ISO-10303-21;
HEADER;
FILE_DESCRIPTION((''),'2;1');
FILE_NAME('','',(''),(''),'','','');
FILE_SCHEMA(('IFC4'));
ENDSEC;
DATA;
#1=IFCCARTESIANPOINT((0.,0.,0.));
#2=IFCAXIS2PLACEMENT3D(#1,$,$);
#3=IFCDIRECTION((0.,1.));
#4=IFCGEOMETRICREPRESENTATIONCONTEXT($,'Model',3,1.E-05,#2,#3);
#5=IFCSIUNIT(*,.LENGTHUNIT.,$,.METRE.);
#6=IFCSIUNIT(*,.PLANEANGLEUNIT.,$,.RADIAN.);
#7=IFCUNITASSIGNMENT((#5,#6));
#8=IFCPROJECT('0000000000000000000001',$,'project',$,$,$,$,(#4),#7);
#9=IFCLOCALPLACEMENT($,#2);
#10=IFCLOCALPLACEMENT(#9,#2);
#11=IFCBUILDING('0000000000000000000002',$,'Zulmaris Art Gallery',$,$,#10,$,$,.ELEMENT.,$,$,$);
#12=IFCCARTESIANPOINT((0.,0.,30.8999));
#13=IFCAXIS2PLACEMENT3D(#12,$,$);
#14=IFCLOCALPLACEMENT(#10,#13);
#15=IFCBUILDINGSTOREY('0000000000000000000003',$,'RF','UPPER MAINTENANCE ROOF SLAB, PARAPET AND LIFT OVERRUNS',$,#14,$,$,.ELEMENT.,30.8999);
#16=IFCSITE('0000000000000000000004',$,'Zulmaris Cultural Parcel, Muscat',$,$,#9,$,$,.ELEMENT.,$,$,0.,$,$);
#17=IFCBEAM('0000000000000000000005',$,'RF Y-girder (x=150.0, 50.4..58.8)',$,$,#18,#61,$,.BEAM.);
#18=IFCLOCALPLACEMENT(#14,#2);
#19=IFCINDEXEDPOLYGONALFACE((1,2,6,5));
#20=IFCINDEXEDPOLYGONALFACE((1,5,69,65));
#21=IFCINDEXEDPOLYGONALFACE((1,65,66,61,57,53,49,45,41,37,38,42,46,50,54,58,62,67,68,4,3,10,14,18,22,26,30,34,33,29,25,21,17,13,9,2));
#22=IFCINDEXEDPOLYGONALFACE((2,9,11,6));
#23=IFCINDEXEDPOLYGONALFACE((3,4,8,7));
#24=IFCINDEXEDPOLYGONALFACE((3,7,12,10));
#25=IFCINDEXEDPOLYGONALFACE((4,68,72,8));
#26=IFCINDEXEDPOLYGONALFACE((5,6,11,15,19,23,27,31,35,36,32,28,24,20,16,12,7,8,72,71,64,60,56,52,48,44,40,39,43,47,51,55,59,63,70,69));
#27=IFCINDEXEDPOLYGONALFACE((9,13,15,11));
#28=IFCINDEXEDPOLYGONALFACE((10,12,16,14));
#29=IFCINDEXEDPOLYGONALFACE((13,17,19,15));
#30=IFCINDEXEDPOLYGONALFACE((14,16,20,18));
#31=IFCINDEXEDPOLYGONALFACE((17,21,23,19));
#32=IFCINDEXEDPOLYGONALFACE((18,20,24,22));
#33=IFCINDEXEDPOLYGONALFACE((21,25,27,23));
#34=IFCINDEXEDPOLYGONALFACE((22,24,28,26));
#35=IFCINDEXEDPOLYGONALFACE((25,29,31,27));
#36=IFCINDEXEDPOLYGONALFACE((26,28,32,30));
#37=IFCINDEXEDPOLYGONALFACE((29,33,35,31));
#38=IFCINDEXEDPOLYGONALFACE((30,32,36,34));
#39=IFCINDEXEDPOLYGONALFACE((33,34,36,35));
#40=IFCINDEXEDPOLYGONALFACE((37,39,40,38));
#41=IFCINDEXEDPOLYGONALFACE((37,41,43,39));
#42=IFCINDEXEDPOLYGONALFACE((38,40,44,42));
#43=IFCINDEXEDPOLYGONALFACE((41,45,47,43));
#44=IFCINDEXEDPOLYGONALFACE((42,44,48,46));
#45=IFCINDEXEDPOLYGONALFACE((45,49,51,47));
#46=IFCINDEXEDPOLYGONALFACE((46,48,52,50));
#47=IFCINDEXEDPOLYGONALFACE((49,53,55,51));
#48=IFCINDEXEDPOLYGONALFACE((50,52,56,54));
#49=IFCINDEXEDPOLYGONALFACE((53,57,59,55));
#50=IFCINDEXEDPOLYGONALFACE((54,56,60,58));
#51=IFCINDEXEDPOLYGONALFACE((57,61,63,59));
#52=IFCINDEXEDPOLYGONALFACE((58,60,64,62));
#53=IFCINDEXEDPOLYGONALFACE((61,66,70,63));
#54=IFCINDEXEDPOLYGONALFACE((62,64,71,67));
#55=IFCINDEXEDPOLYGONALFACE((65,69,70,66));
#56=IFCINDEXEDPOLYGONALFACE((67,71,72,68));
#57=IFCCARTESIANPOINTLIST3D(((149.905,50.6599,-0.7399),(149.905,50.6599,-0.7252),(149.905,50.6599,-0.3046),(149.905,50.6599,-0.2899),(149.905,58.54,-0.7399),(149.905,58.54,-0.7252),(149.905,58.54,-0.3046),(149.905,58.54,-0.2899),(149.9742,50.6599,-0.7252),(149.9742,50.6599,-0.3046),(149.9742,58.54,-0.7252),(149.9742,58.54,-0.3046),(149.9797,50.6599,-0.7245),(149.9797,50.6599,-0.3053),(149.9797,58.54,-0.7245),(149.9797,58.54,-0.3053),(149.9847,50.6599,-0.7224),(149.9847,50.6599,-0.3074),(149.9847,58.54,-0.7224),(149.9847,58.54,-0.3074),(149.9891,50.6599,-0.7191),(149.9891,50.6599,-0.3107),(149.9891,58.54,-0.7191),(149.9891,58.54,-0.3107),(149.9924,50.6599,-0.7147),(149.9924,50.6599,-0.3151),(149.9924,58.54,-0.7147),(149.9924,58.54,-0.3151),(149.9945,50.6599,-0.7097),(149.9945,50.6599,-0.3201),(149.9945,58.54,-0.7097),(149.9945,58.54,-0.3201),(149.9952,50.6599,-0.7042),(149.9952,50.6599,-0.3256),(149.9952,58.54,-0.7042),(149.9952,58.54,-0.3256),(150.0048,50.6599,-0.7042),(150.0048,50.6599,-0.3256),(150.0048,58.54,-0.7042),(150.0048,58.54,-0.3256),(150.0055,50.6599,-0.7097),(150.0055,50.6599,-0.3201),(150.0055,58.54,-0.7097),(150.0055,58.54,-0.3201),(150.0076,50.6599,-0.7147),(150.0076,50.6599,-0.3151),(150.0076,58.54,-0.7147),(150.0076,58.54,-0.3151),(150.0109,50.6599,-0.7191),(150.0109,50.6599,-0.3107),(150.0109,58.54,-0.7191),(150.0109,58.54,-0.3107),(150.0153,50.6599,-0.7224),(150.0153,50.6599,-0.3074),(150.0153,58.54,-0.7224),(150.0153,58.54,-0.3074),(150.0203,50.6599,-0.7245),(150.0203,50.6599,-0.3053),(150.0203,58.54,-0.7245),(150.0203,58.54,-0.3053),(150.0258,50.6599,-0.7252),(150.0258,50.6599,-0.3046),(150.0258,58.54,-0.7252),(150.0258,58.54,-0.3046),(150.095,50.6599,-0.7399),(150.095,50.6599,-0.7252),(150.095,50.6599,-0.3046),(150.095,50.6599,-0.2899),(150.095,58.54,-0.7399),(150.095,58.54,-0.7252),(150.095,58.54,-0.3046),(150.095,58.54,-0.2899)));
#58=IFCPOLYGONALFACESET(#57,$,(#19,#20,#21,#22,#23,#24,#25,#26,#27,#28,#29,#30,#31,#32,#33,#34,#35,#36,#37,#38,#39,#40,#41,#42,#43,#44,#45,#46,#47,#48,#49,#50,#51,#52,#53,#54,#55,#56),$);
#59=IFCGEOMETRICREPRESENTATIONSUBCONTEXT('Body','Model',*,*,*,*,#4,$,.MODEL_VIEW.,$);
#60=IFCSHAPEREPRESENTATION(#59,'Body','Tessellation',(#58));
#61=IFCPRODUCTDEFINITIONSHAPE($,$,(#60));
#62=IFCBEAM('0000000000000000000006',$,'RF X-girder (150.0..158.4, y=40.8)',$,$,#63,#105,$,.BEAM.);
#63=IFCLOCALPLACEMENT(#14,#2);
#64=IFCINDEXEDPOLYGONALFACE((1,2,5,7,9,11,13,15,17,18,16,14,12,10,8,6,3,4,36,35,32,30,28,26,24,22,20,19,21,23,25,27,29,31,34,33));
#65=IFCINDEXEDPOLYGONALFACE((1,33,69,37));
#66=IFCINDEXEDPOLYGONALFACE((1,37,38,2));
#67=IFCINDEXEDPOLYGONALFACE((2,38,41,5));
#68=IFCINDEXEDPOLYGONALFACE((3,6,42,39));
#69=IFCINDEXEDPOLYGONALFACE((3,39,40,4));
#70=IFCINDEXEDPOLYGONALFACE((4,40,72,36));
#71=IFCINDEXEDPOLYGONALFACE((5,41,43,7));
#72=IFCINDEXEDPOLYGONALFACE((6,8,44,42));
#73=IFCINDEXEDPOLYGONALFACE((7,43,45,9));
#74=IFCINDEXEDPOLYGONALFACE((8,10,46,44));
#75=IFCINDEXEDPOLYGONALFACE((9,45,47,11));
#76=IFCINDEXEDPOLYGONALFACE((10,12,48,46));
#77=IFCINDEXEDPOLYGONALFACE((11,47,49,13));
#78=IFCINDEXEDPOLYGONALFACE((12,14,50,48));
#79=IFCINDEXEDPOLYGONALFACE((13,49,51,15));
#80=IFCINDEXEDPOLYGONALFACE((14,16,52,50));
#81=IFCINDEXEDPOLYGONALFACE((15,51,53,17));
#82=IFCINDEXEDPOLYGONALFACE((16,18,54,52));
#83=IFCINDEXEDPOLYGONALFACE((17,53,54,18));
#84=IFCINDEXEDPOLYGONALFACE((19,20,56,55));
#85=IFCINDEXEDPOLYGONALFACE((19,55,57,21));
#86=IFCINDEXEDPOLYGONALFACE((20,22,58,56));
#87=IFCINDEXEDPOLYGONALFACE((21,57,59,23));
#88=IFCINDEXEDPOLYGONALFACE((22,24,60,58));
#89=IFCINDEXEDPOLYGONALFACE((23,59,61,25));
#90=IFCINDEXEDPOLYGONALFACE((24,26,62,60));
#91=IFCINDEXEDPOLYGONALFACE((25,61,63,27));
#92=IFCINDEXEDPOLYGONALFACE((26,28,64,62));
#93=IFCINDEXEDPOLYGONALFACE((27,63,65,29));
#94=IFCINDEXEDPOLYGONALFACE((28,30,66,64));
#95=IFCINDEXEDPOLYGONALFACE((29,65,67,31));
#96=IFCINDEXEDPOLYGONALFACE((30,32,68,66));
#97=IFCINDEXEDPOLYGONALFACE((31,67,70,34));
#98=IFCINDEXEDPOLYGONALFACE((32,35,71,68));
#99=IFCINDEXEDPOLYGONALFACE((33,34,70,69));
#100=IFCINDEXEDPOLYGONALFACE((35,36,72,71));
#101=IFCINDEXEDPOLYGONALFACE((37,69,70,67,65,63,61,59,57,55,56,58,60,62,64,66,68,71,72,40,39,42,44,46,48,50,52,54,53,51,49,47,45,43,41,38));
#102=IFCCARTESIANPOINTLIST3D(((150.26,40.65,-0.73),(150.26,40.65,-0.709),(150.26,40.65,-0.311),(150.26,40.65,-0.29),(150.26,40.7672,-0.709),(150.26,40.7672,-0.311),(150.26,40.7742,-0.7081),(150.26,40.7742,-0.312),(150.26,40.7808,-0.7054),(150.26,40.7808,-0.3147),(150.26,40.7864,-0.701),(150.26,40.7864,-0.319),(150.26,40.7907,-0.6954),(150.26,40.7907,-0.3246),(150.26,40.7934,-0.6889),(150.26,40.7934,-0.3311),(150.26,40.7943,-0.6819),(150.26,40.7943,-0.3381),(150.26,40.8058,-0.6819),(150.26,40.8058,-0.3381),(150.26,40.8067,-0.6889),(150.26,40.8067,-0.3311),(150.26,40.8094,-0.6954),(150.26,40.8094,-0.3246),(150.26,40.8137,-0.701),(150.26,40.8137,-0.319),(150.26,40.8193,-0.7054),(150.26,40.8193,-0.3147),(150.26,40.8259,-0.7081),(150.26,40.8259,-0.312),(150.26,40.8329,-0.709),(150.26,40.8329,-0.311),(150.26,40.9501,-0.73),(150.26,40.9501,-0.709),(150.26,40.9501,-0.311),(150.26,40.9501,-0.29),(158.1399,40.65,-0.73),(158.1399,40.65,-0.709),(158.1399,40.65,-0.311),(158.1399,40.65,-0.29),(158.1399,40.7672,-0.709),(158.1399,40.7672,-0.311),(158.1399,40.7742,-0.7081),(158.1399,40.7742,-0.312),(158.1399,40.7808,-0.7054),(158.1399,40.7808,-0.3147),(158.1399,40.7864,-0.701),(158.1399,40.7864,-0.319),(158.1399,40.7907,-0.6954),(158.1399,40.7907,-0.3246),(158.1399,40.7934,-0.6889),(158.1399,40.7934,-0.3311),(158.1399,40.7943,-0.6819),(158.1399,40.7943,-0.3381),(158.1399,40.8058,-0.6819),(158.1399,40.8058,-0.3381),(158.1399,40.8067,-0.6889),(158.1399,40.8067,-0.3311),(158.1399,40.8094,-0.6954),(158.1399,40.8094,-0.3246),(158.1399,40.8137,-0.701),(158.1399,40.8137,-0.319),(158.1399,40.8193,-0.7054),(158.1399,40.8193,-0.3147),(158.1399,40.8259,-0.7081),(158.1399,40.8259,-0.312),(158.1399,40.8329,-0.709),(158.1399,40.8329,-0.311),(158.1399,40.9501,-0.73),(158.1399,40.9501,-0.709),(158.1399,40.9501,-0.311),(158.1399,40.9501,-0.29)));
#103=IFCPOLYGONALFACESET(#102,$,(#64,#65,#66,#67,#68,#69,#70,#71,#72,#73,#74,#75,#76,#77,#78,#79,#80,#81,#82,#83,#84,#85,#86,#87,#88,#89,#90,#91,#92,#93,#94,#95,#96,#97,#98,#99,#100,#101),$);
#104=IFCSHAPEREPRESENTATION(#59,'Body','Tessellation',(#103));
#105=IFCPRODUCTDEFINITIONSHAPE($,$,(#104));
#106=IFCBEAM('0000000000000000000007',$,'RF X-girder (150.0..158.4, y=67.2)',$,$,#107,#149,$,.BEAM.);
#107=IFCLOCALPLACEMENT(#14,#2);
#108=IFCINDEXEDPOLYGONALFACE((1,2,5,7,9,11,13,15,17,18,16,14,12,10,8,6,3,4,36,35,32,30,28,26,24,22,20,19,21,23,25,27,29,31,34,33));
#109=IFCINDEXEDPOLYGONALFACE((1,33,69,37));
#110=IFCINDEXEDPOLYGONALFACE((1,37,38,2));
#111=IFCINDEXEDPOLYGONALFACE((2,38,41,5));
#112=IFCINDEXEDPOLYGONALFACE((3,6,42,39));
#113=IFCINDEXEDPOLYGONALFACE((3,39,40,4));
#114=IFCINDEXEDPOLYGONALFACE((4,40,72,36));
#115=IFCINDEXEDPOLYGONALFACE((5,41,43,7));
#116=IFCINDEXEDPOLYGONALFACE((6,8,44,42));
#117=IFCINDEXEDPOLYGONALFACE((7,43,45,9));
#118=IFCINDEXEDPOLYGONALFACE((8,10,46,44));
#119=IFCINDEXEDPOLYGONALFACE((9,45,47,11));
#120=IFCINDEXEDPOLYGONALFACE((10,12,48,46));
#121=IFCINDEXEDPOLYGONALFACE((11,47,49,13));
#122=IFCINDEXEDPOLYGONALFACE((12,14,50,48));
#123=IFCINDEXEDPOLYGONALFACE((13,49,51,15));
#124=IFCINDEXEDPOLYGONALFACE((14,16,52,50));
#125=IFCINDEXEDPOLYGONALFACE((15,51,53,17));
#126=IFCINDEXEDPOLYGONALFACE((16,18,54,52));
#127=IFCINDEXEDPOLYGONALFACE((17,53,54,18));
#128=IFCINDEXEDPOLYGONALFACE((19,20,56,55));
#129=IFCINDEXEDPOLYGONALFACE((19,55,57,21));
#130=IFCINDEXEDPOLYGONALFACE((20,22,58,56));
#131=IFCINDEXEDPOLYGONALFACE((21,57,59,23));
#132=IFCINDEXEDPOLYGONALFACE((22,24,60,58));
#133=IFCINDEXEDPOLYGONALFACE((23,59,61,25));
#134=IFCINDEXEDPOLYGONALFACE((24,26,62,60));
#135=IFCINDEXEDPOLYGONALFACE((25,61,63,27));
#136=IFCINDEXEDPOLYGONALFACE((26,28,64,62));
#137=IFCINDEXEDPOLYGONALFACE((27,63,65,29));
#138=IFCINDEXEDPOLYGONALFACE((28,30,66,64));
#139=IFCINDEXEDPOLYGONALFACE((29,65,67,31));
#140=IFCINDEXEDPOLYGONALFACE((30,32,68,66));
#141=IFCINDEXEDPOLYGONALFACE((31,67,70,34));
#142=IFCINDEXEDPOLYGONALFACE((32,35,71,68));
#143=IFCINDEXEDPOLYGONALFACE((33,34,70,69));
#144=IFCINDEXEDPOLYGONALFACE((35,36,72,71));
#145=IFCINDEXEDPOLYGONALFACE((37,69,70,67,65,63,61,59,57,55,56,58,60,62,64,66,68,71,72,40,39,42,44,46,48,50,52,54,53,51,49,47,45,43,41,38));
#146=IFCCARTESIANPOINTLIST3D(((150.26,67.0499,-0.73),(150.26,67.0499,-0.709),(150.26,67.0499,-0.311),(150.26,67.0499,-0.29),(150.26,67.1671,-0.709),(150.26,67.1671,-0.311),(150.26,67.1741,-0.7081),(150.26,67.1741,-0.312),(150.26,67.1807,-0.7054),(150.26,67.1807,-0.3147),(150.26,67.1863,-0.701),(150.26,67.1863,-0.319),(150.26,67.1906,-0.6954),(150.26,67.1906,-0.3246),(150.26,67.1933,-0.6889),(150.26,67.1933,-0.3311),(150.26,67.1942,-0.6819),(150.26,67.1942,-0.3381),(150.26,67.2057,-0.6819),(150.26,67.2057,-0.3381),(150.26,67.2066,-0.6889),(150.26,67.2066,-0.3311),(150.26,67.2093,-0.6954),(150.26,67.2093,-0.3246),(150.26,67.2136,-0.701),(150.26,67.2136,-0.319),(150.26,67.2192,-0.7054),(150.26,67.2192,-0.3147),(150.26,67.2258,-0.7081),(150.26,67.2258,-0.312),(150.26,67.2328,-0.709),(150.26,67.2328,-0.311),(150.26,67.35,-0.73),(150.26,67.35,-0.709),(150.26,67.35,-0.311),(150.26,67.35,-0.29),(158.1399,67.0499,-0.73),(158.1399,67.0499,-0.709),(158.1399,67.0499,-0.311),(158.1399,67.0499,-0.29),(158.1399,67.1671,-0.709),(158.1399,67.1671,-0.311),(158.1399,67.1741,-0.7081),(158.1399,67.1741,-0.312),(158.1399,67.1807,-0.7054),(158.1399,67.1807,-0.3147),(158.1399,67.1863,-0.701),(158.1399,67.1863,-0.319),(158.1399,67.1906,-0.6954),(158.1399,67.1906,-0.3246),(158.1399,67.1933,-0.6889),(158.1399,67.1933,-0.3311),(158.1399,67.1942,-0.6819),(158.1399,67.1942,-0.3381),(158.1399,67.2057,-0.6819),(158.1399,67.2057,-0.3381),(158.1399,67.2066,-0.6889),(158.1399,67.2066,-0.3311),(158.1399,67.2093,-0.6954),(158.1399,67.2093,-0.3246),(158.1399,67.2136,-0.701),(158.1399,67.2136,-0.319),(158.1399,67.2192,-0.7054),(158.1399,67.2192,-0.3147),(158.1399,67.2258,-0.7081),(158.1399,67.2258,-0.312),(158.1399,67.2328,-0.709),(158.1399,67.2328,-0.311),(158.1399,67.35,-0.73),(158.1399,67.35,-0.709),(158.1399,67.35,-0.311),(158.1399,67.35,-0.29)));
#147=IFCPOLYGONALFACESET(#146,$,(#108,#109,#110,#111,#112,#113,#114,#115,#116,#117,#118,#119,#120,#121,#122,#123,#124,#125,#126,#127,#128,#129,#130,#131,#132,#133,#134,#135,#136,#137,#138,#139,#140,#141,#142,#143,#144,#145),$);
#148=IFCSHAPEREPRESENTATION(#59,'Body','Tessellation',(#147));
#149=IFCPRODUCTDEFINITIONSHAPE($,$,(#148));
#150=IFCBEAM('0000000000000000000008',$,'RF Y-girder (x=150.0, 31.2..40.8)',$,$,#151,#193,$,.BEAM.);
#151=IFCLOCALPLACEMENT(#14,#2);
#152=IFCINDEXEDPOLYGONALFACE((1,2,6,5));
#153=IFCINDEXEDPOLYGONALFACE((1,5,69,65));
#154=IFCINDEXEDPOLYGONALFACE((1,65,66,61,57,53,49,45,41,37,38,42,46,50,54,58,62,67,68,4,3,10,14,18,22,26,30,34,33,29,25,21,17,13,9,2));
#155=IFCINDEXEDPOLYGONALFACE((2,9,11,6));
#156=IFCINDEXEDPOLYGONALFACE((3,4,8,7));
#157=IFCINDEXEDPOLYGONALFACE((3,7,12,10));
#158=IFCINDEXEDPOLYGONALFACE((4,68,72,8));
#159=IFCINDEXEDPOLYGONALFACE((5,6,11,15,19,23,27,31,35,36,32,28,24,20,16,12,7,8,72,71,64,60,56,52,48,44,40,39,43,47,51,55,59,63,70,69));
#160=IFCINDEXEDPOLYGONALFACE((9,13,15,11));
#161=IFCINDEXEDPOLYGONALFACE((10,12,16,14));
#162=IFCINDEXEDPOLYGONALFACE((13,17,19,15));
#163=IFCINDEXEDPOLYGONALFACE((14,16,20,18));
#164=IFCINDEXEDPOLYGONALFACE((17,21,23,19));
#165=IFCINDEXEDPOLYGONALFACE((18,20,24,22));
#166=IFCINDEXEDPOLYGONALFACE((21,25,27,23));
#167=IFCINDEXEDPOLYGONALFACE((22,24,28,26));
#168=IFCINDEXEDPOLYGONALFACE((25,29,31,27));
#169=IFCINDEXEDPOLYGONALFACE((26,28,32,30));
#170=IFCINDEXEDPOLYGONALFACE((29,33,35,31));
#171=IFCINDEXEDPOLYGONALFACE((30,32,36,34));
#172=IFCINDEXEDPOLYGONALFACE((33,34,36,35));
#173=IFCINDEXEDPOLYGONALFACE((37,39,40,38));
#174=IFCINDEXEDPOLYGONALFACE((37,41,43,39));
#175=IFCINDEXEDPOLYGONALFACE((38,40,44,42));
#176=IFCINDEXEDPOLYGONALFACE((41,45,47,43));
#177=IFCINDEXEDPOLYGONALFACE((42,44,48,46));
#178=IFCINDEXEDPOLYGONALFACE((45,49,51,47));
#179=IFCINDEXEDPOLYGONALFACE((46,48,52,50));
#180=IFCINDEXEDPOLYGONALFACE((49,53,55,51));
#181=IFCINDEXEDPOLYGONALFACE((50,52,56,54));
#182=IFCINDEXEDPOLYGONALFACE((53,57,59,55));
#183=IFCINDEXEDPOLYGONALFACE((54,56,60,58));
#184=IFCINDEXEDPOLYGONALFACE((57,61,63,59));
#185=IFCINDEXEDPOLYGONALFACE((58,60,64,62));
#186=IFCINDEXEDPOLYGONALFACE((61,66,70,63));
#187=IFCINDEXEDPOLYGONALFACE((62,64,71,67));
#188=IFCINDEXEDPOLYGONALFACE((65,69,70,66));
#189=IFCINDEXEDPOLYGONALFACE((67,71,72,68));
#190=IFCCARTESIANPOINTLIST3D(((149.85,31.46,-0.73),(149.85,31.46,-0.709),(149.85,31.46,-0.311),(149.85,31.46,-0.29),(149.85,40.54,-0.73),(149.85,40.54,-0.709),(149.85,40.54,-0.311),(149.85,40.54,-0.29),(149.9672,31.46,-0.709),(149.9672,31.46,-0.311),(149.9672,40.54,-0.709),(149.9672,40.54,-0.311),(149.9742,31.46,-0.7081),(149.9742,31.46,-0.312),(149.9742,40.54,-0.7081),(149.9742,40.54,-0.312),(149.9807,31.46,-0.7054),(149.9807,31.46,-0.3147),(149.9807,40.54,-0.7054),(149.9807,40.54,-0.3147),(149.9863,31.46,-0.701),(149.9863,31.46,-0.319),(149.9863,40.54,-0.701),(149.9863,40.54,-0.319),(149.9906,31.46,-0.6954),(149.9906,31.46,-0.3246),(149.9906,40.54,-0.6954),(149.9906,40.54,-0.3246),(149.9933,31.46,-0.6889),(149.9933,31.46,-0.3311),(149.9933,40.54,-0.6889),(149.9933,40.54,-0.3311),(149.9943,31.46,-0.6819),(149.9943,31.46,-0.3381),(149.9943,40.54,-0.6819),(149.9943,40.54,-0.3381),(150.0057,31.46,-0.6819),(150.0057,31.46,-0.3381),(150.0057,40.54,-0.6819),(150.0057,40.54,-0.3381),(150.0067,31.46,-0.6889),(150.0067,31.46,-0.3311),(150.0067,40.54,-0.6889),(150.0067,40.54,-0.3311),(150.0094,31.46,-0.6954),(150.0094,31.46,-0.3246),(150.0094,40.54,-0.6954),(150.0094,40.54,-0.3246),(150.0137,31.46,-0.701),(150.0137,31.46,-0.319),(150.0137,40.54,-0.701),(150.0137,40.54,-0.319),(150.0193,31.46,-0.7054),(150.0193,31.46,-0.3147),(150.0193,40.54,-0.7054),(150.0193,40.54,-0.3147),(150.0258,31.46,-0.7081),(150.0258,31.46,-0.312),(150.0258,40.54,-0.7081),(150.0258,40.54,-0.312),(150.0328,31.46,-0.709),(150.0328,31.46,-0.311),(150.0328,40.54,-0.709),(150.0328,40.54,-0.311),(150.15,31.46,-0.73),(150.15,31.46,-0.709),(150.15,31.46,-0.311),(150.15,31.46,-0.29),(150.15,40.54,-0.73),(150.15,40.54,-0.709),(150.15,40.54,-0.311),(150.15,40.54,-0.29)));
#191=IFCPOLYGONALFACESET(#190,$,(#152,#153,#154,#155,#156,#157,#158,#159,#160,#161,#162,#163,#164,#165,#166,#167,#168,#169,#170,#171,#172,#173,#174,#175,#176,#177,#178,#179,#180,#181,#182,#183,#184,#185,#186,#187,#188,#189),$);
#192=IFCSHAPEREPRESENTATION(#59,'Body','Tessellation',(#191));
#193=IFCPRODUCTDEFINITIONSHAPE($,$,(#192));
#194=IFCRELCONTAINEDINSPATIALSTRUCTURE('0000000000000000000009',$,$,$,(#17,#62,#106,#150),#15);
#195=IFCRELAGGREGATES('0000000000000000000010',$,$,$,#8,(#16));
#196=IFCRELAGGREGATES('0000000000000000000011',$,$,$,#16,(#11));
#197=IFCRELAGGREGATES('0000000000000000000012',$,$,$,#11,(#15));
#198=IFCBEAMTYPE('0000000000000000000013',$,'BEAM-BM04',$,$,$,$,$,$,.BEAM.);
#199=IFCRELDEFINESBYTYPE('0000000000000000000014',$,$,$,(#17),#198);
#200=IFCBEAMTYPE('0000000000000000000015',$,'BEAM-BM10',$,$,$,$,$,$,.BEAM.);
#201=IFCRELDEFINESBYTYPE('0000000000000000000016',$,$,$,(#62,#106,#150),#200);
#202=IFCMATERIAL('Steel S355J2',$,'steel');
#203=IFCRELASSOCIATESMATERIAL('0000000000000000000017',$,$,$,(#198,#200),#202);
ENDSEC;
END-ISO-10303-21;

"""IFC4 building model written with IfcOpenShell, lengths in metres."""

from ifc_helpers import new_model, si_unit, direction, frame, origin, origin_2d, place, context, subcontext, project, spatial, i_section, extrude, material, material_profile, profile_set, type_object, element, save


model = new_model("IFC4")

# Units and contexts
model_context = context("Model", 3, precision=1e-05, world=origin(), true_north=direction((0.0, 1.0)))
body_context = subcontext(model_context, "Body", "Model", "MODEL_VIEW")
ifc_project = project(units=[si_unit("LENGTHUNIT", "METRE"), si_unit("PLANEANGLEUNIT", "RADIAN")], contexts=[model_context])

# Site, building, storey
site_placement = place(None, origin())
site = spatial("IfcSite", under=ifc_project, at=site_placement, Name="Zulmaris Cultural Parcel, Muscat", CompositionType="ELEMENT", RefElevation=0.0)
building_placement = place(site_placement, origin())
building = spatial("IfcBuilding", under=site, at=building_placement, Name="Zulmaris Art Gallery", CompositionType="ELEMENT")
storey_placement = place(building_placement, frame((0.0, 0.0, 30.8999)))
storey = spatial("IfcBuildingStorey", under=building, at=storey_placement, Name="RF", Description="UPPER MAINTENANCE ROOF SLAB, PARAPET AND LIFT OVERRUNS", CompositionType="ELEMENT", Elevation=30.8999)

# Beams
ifc_material_1 = material(Name="Steel S355J2", Category="steel")
ifc_material_profile_1 = material_profile(ifc_material_1, i_section(OverallWidth=0.1899, OverallDepth=0.45, WebThickness=0.0095, FlangeThickness=0.0146, FilletRadius=0.021, at=origin_2d()), Name="IPE 450")
ifc_profile_set_1 = profile_set([ifc_material_profile_1], Name="Steel S355J2")
beam_type_1 = type_object("IfcBeamType", Name="BEAM-BM04", PredefinedType="BEAM", material=ifc_profile_set_1)
beam_1_placement = place(storey_placement, frame((150.0, 50.6599, -0.5149), z_axis=(0.0, 1.0, 0.0), x_axis=(-1.0, 0.0, 0.0)))
element("IfcBeam", 1, at=beam_1_placement, inside=storey, type_object=beam_type_1, Name="RF Y-girder (x=150.0, 50.4..58.8)", PredefinedType="BEAM", context=body_context, shape_type="SweptSolid", body=[
    extrude(i_section(OverallWidth=0.1899, OverallDepth=0.45, WebThickness=0.0095, FlangeThickness=0.0146, FilletRadius=0.021, at=origin_2d()), origin(), (0.0, 0.0, 1.0), 7.8801),
])
ifc_material_profile_2 = material_profile(ifc_material_1, i_section(OverallWidth=0.3, OverallDepth=0.4399, WebThickness=0.0115, FlangeThickness=0.021, FilletRadius=0.0271, at=origin_2d()), Name="HEA 450")
ifc_profile_set_2 = profile_set([ifc_material_profile_2], Name="Steel S355J2")
beam_type_2 = type_object("IfcBeamType", Name="BEAM-BM10", PredefinedType="BEAM", material=ifc_profile_set_2)
for number, where, z_axis, x_axis, name in (
    (2, (150.26, 40.8, -0.51), (1.0, 0.0, 0.0), (0.0, 1.0, 0.0), "RF X-girder (150.0..158.4, y=40.8)"),
    (3, (150.26, 67.2, -0.51), (1.0, 0.0, 0.0), (0.0, 1.0, 0.0), "RF X-girder (150.0..158.4, y=67.2)"),
):
    element("IfcBeam", number, at=place(storey_placement, frame(where, z_axis=z_axis, x_axis=x_axis)), inside=storey, type_object=beam_type_2, Name=name, PredefinedType="BEAM", context=body_context, shape_type="SweptSolid", body=[
        extrude(i_section(OverallWidth=0.3, OverallDepth=0.4399, WebThickness=0.0115, FlangeThickness=0.021, FilletRadius=0.0271, at=origin_2d()), origin(), (0.0, 0.0, 1.0), 7.8799),
    ])
beam_2_placement = place(storey_placement, frame((150.0, 31.46, -0.51), z_axis=(0.0, 1.0, 0.0), x_axis=(-1.0, 0.0, 0.0)))
element("IfcBeam", 4, at=beam_2_placement, inside=storey, type_object=beam_type_2, Name="RF Y-girder (x=150.0, 31.2..40.8)", PredefinedType="BEAM", context=body_context, shape_type="SweptSolid", body=[
    extrude(i_section(OverallWidth=0.3, OverallDepth=0.4399, WebThickness=0.0115, FlangeThickness=0.021, FilletRadius=0.0271, at=origin_2d()), origin(), (0.0, 0.0, 1.0), 9.0801),
])

save(model, "model.ifc")
